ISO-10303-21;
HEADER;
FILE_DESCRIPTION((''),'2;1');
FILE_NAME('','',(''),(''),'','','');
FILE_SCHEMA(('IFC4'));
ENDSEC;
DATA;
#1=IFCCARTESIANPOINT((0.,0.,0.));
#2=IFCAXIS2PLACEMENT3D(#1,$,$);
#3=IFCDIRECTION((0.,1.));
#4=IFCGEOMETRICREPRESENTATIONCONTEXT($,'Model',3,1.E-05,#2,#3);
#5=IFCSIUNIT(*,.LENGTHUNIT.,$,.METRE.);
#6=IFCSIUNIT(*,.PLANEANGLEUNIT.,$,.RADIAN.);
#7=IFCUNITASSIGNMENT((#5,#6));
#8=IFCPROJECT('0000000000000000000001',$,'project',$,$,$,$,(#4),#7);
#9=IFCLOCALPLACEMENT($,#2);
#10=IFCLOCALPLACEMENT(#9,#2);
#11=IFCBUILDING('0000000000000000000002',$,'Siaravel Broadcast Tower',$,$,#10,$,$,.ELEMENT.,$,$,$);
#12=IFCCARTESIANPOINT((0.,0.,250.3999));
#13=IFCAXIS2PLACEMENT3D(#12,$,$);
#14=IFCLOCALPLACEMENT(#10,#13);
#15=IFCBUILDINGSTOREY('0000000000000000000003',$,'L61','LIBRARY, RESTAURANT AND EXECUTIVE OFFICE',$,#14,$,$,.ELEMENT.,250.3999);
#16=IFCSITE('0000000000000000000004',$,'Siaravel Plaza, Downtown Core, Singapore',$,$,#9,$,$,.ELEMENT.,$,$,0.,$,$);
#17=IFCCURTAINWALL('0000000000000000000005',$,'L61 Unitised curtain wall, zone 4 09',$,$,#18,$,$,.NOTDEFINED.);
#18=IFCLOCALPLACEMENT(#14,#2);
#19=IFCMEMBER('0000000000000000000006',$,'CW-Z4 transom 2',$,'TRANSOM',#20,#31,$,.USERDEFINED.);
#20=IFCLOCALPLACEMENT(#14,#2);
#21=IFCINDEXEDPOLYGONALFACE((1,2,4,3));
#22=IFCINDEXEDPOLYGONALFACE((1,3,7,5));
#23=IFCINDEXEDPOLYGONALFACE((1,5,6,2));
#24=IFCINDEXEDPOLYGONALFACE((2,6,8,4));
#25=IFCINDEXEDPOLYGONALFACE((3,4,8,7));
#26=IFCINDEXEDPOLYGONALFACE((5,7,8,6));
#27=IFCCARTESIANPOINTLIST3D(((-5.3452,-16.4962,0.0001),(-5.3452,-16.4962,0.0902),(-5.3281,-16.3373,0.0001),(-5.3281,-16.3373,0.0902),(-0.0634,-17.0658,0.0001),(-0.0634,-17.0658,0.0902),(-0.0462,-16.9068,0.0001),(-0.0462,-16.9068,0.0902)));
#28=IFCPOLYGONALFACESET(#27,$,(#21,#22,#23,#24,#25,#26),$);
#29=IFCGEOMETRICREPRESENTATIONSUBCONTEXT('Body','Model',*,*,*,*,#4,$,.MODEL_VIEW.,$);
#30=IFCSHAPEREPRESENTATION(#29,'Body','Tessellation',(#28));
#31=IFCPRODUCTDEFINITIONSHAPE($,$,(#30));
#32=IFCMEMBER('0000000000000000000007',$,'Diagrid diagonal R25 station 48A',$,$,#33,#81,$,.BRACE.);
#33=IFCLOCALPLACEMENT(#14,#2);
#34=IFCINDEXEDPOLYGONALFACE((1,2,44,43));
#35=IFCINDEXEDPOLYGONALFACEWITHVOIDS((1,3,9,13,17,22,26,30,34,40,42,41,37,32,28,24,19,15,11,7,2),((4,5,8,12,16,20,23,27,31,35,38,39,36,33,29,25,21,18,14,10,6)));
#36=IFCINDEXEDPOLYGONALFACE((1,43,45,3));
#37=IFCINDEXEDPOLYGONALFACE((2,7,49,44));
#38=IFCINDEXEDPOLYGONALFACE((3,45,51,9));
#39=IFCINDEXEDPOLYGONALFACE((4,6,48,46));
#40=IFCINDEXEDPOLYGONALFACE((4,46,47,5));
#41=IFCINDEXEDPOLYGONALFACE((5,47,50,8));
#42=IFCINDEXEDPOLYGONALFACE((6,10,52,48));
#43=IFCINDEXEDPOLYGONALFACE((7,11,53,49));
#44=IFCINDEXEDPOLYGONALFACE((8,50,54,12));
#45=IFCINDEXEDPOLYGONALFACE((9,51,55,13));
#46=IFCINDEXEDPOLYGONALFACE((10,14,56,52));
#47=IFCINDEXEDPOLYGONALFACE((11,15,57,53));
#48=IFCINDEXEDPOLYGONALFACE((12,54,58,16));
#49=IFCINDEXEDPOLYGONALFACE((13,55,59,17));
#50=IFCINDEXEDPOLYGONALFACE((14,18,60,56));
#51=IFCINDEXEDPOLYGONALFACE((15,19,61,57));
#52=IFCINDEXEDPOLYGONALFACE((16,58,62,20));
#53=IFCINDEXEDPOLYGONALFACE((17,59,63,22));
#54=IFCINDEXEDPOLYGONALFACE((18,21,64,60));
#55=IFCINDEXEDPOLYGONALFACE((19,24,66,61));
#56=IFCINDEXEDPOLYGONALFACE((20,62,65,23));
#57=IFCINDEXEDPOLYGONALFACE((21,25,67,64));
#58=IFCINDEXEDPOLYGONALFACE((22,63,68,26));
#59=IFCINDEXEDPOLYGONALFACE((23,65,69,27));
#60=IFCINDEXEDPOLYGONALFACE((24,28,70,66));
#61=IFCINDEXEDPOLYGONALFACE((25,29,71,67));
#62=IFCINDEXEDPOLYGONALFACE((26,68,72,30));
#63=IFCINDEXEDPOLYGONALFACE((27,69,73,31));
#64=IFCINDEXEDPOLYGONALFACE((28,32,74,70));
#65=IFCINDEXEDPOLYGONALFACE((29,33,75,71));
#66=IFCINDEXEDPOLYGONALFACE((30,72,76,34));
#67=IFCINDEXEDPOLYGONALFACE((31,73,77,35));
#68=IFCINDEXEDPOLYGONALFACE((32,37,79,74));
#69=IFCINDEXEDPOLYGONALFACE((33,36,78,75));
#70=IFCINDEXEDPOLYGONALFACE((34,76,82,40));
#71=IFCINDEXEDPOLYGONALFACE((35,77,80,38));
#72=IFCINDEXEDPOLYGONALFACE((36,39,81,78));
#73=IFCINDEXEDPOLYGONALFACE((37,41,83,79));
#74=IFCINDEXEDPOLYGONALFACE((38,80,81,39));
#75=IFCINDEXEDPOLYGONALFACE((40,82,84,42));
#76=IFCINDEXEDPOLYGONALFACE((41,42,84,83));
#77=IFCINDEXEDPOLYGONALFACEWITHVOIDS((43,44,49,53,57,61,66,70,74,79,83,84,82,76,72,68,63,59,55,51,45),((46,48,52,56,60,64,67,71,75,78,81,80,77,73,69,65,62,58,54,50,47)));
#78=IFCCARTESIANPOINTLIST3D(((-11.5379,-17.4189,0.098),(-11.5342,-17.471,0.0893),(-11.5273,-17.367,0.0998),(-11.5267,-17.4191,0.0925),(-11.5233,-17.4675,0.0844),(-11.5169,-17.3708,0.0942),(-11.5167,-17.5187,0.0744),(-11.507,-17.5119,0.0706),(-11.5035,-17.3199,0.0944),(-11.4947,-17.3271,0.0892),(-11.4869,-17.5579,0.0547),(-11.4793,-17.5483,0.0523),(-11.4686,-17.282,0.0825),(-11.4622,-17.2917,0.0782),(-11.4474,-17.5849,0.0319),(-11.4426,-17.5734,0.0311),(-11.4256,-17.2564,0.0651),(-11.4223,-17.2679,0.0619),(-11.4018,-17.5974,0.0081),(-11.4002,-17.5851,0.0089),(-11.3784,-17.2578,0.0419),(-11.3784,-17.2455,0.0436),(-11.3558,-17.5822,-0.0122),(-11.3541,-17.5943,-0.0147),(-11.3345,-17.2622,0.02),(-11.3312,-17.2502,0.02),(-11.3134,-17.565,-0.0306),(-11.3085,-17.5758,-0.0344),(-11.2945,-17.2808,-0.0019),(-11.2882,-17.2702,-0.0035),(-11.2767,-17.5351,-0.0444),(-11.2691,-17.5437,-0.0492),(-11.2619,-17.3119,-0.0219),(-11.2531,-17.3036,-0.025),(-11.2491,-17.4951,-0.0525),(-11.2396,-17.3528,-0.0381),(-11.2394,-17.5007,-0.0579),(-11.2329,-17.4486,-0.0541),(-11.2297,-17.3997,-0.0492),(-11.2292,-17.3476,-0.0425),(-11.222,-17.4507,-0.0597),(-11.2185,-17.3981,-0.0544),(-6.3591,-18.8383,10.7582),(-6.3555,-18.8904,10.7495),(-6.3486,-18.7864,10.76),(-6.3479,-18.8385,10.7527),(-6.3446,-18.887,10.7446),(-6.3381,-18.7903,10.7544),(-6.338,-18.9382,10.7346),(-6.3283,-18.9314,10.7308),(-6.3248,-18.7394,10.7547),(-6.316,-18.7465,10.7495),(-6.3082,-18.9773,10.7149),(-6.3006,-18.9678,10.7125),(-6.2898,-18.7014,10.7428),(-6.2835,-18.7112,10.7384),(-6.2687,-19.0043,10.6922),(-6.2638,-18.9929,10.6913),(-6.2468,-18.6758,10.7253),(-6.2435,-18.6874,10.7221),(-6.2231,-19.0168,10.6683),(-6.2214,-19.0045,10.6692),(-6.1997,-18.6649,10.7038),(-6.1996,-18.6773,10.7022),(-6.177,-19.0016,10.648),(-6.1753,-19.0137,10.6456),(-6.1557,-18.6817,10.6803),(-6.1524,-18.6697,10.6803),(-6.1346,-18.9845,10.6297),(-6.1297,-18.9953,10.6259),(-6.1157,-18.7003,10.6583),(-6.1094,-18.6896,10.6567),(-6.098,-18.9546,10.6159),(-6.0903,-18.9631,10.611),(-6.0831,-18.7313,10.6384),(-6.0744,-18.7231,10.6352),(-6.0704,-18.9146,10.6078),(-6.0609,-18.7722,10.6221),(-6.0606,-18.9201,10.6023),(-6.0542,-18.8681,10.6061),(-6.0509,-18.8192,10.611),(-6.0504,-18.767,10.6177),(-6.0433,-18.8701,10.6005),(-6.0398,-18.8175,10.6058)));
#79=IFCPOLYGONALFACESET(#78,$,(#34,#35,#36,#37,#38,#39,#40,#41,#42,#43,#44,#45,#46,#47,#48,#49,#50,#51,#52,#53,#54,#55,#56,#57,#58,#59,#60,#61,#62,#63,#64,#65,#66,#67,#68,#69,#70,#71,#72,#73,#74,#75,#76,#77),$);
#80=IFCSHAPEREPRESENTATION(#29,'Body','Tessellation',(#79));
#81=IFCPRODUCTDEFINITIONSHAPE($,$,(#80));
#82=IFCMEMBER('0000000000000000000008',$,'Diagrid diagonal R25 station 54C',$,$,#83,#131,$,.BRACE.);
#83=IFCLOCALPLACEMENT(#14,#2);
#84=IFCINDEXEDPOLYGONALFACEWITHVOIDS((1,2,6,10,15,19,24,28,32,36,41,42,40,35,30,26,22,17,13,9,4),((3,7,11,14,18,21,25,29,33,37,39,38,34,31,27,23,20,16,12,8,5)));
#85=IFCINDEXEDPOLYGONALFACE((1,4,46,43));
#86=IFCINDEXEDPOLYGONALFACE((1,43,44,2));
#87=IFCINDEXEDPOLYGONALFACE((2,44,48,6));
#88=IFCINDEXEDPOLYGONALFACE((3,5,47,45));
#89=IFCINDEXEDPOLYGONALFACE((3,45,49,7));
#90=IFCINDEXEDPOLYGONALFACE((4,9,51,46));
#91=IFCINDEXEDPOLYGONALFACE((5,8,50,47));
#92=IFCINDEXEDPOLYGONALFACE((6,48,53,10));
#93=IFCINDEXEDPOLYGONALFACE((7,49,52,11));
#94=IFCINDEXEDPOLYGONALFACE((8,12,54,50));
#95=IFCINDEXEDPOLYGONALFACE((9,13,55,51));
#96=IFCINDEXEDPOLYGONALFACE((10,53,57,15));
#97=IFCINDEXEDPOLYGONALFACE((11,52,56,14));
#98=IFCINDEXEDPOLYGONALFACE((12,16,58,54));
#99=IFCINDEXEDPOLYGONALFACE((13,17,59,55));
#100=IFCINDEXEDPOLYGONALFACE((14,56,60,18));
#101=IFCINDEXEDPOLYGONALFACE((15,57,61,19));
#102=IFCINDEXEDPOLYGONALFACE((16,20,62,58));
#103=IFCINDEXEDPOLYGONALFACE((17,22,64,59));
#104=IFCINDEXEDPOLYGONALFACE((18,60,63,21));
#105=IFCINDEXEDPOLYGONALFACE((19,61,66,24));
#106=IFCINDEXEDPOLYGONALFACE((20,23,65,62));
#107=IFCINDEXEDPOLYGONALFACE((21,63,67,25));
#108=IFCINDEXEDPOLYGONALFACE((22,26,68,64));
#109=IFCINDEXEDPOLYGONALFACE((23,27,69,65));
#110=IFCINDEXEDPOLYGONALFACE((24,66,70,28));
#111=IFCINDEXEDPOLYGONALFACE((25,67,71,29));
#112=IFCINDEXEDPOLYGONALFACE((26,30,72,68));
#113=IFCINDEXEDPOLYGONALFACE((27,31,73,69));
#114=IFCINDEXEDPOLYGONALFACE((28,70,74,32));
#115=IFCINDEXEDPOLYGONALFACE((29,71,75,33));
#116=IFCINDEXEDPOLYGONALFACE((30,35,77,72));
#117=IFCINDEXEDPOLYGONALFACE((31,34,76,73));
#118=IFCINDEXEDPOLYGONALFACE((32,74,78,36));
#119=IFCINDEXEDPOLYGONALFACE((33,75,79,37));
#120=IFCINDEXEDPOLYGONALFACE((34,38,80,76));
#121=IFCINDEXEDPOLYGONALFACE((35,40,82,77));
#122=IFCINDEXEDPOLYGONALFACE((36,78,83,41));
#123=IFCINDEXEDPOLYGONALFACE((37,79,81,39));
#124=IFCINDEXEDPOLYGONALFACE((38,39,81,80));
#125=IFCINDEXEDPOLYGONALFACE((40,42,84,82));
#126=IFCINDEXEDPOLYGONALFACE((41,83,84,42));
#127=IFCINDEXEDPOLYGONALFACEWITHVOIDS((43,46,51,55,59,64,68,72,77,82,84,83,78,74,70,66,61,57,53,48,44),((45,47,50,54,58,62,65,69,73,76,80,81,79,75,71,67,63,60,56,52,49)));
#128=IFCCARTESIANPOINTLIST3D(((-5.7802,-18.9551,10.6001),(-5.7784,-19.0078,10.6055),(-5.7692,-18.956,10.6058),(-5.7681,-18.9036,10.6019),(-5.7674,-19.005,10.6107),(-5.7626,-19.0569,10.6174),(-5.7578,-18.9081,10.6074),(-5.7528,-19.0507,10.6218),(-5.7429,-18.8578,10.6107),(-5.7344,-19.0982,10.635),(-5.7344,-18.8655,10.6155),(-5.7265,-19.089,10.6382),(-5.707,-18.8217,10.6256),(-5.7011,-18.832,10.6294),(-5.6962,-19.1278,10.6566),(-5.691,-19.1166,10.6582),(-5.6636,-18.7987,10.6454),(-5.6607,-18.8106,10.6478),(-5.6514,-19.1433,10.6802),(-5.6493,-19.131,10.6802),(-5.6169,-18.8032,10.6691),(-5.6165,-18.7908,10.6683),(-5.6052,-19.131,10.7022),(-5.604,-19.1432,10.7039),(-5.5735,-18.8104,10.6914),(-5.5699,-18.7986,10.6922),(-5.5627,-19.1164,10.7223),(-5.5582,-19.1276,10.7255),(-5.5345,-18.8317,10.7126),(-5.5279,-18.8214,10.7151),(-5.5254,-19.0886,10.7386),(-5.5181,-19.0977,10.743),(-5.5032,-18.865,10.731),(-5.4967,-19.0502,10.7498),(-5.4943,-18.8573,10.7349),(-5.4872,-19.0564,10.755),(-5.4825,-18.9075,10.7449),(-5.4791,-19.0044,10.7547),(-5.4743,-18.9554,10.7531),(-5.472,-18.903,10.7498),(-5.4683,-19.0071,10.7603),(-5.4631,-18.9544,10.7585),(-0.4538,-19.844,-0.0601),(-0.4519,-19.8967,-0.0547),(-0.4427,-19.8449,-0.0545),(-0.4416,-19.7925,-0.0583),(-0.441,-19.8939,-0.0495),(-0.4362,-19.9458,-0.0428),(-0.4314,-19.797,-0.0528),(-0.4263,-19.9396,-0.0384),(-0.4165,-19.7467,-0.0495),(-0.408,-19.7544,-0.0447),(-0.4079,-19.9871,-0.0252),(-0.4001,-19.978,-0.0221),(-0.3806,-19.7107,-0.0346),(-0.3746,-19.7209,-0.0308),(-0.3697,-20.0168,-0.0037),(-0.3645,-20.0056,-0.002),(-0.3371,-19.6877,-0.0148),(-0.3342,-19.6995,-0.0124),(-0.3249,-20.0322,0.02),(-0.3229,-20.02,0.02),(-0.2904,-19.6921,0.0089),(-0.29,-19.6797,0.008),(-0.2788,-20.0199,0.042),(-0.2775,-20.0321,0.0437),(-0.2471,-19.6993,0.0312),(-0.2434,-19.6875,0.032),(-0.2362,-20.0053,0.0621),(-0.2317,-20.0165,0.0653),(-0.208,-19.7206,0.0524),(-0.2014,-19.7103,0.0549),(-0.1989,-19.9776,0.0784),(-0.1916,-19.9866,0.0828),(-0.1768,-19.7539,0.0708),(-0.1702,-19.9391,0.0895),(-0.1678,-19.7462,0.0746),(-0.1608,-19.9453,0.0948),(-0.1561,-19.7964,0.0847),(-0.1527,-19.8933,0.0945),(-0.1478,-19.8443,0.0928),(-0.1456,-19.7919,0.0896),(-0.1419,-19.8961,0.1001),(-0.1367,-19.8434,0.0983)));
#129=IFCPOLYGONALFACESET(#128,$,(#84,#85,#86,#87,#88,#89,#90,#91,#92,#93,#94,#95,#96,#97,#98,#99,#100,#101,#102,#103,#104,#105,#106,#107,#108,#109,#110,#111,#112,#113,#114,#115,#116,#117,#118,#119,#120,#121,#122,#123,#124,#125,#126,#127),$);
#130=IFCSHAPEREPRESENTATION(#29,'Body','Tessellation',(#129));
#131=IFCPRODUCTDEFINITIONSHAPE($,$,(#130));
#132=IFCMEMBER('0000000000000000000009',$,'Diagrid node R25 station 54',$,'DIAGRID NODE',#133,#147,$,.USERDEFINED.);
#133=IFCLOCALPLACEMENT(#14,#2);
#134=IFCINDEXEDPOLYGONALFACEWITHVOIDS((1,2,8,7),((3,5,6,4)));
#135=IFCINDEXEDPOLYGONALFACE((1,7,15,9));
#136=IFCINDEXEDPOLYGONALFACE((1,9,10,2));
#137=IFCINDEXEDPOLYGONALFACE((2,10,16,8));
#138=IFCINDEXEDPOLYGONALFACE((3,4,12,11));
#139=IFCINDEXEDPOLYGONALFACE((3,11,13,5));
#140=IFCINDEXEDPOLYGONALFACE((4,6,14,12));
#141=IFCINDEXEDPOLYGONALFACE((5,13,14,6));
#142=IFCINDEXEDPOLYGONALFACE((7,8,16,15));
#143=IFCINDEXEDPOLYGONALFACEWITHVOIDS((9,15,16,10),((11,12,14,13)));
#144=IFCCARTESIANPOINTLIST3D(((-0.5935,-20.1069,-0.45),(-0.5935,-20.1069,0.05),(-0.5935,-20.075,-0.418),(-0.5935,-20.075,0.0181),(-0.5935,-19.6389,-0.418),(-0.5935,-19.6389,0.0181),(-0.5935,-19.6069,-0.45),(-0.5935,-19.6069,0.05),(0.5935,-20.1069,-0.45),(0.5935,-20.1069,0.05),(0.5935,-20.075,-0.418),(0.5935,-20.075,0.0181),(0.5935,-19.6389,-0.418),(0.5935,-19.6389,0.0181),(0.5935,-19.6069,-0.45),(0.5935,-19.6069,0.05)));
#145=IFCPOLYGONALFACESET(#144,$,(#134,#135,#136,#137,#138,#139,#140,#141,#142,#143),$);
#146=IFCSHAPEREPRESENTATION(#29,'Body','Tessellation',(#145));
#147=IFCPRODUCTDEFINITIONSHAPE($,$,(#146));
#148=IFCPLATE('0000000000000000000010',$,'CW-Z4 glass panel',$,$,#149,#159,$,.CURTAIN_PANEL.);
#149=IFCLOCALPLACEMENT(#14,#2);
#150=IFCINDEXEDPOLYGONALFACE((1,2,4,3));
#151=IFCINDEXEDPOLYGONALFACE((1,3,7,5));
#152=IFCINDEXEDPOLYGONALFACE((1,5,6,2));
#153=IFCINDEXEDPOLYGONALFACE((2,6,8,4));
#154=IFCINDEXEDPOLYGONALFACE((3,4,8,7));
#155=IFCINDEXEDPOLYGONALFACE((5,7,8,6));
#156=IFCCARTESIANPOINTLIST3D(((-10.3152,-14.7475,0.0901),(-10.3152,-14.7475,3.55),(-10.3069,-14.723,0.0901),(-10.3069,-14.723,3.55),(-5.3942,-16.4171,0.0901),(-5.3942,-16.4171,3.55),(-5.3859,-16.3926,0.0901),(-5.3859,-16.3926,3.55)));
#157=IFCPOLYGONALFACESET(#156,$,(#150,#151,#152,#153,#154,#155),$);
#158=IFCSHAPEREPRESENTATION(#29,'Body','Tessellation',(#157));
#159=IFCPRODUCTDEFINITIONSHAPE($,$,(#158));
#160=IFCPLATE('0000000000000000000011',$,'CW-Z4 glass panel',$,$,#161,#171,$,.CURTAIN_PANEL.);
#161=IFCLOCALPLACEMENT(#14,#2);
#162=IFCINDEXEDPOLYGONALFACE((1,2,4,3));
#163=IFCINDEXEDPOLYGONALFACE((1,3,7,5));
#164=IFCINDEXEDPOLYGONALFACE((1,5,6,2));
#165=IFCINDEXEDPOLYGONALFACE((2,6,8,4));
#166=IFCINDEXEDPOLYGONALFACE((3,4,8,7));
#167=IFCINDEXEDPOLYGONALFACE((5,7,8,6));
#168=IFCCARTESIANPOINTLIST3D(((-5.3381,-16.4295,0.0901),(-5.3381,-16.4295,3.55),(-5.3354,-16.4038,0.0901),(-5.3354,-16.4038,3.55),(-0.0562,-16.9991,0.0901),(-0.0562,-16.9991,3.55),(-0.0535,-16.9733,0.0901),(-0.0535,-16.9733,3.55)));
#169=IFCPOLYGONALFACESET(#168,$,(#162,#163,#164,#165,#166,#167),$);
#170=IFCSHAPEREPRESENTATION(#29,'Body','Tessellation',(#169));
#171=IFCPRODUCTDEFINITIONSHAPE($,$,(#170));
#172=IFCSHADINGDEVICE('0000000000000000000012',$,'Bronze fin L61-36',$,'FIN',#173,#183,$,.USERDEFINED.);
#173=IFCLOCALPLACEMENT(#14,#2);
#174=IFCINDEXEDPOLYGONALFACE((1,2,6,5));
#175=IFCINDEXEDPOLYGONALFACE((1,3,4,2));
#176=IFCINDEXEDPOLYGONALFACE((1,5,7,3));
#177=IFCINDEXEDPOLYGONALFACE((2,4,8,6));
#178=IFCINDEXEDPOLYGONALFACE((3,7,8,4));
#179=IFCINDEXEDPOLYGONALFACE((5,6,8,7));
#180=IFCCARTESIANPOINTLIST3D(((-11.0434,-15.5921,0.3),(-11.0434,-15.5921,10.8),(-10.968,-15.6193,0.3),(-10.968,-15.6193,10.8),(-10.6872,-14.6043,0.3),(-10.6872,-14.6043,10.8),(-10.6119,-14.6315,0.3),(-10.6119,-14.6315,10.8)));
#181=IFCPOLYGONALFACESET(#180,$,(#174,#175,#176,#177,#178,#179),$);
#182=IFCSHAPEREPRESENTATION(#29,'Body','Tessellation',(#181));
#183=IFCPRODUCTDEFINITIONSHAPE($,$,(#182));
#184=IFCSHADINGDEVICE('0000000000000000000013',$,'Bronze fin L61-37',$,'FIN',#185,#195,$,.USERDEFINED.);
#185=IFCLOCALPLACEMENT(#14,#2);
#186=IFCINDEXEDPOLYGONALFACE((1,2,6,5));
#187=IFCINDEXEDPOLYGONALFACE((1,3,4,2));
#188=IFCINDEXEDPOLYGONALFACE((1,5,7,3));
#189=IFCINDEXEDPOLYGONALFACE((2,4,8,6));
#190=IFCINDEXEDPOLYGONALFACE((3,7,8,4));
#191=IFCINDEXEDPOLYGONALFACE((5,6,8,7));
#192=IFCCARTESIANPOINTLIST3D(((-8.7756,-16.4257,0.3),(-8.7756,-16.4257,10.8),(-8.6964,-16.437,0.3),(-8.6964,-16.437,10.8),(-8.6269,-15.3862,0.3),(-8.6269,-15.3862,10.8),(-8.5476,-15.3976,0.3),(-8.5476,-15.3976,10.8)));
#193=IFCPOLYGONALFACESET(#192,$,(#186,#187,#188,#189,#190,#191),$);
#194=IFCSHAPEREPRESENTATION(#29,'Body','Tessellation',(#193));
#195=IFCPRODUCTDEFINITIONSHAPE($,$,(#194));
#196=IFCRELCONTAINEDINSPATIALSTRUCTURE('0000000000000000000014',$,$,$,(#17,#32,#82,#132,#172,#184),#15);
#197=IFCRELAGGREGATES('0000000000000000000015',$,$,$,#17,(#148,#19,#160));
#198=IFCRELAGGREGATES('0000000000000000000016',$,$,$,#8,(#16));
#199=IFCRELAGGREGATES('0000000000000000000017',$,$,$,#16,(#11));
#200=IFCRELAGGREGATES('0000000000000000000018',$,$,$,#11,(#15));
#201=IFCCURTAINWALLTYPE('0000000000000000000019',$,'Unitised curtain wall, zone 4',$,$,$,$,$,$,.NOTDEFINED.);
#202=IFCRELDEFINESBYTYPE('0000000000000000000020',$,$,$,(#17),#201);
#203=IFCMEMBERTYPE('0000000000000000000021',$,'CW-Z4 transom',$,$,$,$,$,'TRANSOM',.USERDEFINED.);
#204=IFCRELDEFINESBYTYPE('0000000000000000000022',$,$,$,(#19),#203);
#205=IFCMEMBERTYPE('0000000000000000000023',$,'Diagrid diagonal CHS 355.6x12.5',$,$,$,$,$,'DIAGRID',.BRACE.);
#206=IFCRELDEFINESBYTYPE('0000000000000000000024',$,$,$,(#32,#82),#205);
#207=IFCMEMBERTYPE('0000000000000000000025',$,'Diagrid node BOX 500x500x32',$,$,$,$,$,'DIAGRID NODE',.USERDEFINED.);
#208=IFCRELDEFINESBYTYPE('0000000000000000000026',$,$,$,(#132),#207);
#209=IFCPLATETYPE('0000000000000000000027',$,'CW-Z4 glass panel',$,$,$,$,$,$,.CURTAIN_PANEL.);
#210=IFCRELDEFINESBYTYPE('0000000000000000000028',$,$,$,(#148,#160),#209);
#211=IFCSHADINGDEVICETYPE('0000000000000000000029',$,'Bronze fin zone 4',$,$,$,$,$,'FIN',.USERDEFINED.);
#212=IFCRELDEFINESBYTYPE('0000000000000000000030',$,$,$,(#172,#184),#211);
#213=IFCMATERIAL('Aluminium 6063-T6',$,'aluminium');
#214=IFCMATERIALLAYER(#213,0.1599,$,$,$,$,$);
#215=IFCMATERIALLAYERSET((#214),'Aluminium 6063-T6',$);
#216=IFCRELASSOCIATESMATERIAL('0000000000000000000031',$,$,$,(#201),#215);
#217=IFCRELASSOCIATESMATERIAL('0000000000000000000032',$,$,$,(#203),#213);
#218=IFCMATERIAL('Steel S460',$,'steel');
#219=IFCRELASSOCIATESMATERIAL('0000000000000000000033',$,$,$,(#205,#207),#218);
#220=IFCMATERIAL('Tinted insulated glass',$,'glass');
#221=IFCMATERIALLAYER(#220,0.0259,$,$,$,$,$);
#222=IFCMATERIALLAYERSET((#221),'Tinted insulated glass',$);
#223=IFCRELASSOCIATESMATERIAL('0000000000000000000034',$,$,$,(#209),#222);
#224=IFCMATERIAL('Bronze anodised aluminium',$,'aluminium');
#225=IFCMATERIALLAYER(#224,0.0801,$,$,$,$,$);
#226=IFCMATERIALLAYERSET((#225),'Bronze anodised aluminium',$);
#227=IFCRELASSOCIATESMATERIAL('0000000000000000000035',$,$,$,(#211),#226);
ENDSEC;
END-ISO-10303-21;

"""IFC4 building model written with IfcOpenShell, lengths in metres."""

from ifc_helpers import new_model, si_unit, direction, frame, origin, origin_2d, place, context, subcontext, project, spatial, rectangle, hollow_rectangle, hollow_circle, extrude, material, layer, layer_set, material_profile, profile_set, type_object, element, aggregate, save


model = new_model("IFC4")

# Units and contexts
model_context = context("Model", 3, precision=1e-05, world=origin(), true_north=direction((0.0, 1.0)))
body_context = subcontext(model_context, "Body", "Model", "MODEL_VIEW")
ifc_project = project(units=[si_unit("LENGTHUNIT", "METRE"), si_unit("PLANEANGLEUNIT", "RADIAN")], contexts=[model_context])

# Site, building, storey
site_placement = place(None, origin())
site = spatial("IfcSite", under=ifc_project, at=site_placement, Name="Siaravel Plaza, Downtown Core, Singapore", CompositionType="ELEMENT", RefElevation=0.0)
building_placement = place(site_placement, origin())
building = spatial("IfcBuilding", under=site, at=building_placement, Name="Siaravel Broadcast Tower", CompositionType="ELEMENT")
storey_placement = place(building_placement, frame((0.0, 0.0, 250.3999)))
storey = spatial("IfcBuildingStorey", under=building, at=storey_placement, Name="L61", Description="LIBRARY, RESTAURANT AND EXECUTIVE OFFICE", CompositionType="ELEMENT", Elevation=250.3999)

# Curtain wall, member
ifc_material_1 = material(Name="Aluminium 6063-T6", Category="aluminium")
ifc_layer_1 = layer(ifc_material_1, 0.1599)
ifc_layer_set_1 = layer_set([ifc_layer_1], Name="Aluminium 6063-T6")
curtain_wall_type = type_object("IfcCurtainWallType", Name="Unitised curtain wall, zone 4", PredefinedType="NOTDEFINED", material=ifc_layer_set_1)
curtain_wall_placement = place(storey_placement, origin())
curtain_wall = element("IfcCurtainWall", 1, at=curtain_wall_placement, inside=storey, type_object=curtain_wall_type, Name="L61 Unitised curtain wall, zone 4 09", PredefinedType="NOTDEFINED")
ifc_material_profile_1 = material_profile(ifc_material_1, rectangle(XDim=0.1599, YDim=0.0901, at=origin_2d()))
ifc_profile_set_1 = profile_set([ifc_material_profile_1], Name="Aluminium 6063-T6")
member_type_1 = type_object("IfcMemberType", Name="CW-Z4 transom", ElementType="TRANSOM", PredefinedType="USERDEFINED", material=ifc_profile_set_1)
member_1_placement = place(storey_placement, frame((-5.3367, -16.4167, 0.0452), z_axis=(0.994236, -0.107213, 0.0), x_axis=(0.107213, 0.994236, 0.0)))
member_1 = element("IfcMember", 2, at=member_1_placement, type_object=member_type_1, Name="CW-Z4 transom 2", ObjectType="TRANSOM", PredefinedType="USERDEFINED", context=body_context, shape_type="SweptSolid", body=[
    extrude(rectangle(XDim=0.1599, YDim=0.0901, at=origin_2d()), origin(), (0.0, 0.0, 1.0), 5.3125),
])

# Members
ifc_material_2 = material(Name="Steel S460", Category="steel")
ifc_material_profile_2 = material_profile(ifc_material_2, hollow_circle(Radius=0.1777, WallThickness=0.0125, at=origin_2d()))
ifc_profile_set_2 = profile_set([ifc_material_profile_2], Name="Steel S460")
member_type_2 = type_object("IfcMemberType", Name="Diagrid diagonal CHS 355.6x12.5", ElementType="DIAGRID", PredefinedType="BRACE", material=ifc_profile_set_2)
member_2_placement = place(storey_placement, frame((-11.3782, -17.4216, 0.02), z_axis=(0.433866, -0.118918, 0.893095), x_axis=(0.264341, 0.964429, 0.0)))
element("IfcMember", 3, at=member_2_placement, inside=storey, type_object=member_type_2, Name="Diagrid diagonal R25 station 48A", PredefinedType="BRACE", context=body_context, shape_type="SweptSolid", body=[
    extrude(hollow_circle(Radius=0.1777, WallThickness=0.0125, at=origin_2d()), origin(), (0.0, 0.0, 1.0), 11.9363),
])
member_3_placement = place(storey_placement, frame((-0.2957, -19.8569, 0.02), z_axis=(-0.445729, 0.074387, 0.892072), x_axis=(-0.164612, -0.986358, 0.0)))
element("IfcMember", 4, at=member_3_placement, inside=storey, type_object=member_type_2, Name="Diagrid diagonal R25 station 54C", PredefinedType="BRACE", context=body_context, shape_type="SweptSolid", body=[
    extrude(hollow_circle(Radius=0.1777, WallThickness=0.0125, at=origin_2d()), origin(), (0.0, 0.0, 1.0), 11.95),
])
ifc_material_profile_3 = material_profile(ifc_material_2, hollow_rectangle(XDim=0.5, YDim=0.5, WallThickness=0.032, at=origin_2d()))
ifc_profile_set_3 = profile_set([ifc_material_profile_3], Name="Steel S460")
member_type_3 = type_object("IfcMemberType", Name="Diagrid node BOX 500x500x32", ElementType="DIAGRID NODE", PredefinedType="USERDEFINED", material=ifc_profile_set_3)
member_4_placement = place(storey_placement, frame((-0.5935, -19.8569, -0.2), z_axis=(1.0, 0.0, 0.0), x_axis=(0.0, 1.0, 0.0)))
element("IfcMember", 5, at=member_4_placement, inside=storey, type_object=member_type_3, Name="Diagrid node R25 station 54", ObjectType="DIAGRID NODE", PredefinedType="USERDEFINED", context=body_context, shape_type="SweptSolid", body=[
    extrude(hollow_rectangle(XDim=0.5, YDim=0.5, WallThickness=0.032, at=origin_2d()), origin(), (0.0, 0.0, 1.0), 1.187),
])

# Plates
ifc_material_3 = material(Name="Tinted insulated glass", Category="glass")
ifc_layer_2 = layer(ifc_material_3, 0.0259)
ifc_layer_set_2 = layer_set([ifc_layer_2], Name="Tinted insulated glass")
plate_type = type_object("IfcPlateType", Name="CW-Z4 glass panel", PredefinedType="CURTAIN_PANEL", material=ifc_layer_set_2)
plate_1_placement = place(storey_placement, frame((-7.8506, -15.5701, 0.0901), z_axis=(0.0, 0.0, 1.0), x_axis=(0.946977, -0.321302, 0.0)))
plate_1 = element("IfcPlate", 6, at=plate_1_placement, type_object=plate_type, Name="CW-Z4 glass panel", PredefinedType="CURTAIN_PANEL", context=body_context, shape_type="SweptSolid", body=[
    extrude(rectangle(XDim=5.1965, YDim=0.0259, at=origin_2d()), origin(), (0.0, 0.0, 1.0), 3.46),
])
plate_2_placement = place(storey_placement, frame((-2.6958, -16.7014, 0.0901), z_axis=(0.0, 0.0, 1.0), x_axis=(0.994236, -0.107218, 0.0)))
plate_2 = element("IfcPlate", 7, at=plate_2_placement, type_object=plate_type, Name="CW-Z4 glass panel", PredefinedType="CURTAIN_PANEL", context=body_context, shape_type="SweptSolid", body=[
    extrude(rectangle(XDim=5.3125, YDim=0.0259, at=origin_2d()), origin(), (0.0, 0.0, 1.0), 3.46),
])
aggregate(curtain_wall, [plate_1, member_1, plate_2])

# Shading devices
ifc_material_4 = material(Name="Bronze anodised aluminium", Category="aluminium")
ifc_layer_3 = layer(ifc_material_4, 0.0801)
ifc_layer_set_3 = layer_set([ifc_layer_3], Name="Bronze anodised aluminium")
shading_device_type = type_object("IfcShadingDeviceType", Name="Bronze fin zone 4", ElementType="FIN", PredefinedType="USERDEFINED", material=ifc_layer_set_3)
for number, where, z_axis, x_axis, name in (
    (8, (-10.8276, -15.1118, 0.3), (0.0, 0.0, 1.0), (-0.339173, -0.940724, 0.0), "Bronze fin L61-36"),
    (9, (-8.6616, -15.9116, 0.3), (0.0, 0.0, 1.0), (-0.141682, -0.989912, 0.0), "Bronze fin L61-37"),
):
    element("IfcShadingDevice", number, at=place(storey_placement, frame(where, z_axis=z_axis, x_axis=x_axis)), inside=storey, type_object=shading_device_type, Name=name, ObjectType="FIN", PredefinedType="USERDEFINED", context=body_context, shape_type="SweptSolid", body=[
        extrude(rectangle(XDim=1.05, YDim=0.0801, at=origin_2d()), origin(), (0.0, 0.0, 1.0), 10.5),
    ])

save(model, "model.ifc")
